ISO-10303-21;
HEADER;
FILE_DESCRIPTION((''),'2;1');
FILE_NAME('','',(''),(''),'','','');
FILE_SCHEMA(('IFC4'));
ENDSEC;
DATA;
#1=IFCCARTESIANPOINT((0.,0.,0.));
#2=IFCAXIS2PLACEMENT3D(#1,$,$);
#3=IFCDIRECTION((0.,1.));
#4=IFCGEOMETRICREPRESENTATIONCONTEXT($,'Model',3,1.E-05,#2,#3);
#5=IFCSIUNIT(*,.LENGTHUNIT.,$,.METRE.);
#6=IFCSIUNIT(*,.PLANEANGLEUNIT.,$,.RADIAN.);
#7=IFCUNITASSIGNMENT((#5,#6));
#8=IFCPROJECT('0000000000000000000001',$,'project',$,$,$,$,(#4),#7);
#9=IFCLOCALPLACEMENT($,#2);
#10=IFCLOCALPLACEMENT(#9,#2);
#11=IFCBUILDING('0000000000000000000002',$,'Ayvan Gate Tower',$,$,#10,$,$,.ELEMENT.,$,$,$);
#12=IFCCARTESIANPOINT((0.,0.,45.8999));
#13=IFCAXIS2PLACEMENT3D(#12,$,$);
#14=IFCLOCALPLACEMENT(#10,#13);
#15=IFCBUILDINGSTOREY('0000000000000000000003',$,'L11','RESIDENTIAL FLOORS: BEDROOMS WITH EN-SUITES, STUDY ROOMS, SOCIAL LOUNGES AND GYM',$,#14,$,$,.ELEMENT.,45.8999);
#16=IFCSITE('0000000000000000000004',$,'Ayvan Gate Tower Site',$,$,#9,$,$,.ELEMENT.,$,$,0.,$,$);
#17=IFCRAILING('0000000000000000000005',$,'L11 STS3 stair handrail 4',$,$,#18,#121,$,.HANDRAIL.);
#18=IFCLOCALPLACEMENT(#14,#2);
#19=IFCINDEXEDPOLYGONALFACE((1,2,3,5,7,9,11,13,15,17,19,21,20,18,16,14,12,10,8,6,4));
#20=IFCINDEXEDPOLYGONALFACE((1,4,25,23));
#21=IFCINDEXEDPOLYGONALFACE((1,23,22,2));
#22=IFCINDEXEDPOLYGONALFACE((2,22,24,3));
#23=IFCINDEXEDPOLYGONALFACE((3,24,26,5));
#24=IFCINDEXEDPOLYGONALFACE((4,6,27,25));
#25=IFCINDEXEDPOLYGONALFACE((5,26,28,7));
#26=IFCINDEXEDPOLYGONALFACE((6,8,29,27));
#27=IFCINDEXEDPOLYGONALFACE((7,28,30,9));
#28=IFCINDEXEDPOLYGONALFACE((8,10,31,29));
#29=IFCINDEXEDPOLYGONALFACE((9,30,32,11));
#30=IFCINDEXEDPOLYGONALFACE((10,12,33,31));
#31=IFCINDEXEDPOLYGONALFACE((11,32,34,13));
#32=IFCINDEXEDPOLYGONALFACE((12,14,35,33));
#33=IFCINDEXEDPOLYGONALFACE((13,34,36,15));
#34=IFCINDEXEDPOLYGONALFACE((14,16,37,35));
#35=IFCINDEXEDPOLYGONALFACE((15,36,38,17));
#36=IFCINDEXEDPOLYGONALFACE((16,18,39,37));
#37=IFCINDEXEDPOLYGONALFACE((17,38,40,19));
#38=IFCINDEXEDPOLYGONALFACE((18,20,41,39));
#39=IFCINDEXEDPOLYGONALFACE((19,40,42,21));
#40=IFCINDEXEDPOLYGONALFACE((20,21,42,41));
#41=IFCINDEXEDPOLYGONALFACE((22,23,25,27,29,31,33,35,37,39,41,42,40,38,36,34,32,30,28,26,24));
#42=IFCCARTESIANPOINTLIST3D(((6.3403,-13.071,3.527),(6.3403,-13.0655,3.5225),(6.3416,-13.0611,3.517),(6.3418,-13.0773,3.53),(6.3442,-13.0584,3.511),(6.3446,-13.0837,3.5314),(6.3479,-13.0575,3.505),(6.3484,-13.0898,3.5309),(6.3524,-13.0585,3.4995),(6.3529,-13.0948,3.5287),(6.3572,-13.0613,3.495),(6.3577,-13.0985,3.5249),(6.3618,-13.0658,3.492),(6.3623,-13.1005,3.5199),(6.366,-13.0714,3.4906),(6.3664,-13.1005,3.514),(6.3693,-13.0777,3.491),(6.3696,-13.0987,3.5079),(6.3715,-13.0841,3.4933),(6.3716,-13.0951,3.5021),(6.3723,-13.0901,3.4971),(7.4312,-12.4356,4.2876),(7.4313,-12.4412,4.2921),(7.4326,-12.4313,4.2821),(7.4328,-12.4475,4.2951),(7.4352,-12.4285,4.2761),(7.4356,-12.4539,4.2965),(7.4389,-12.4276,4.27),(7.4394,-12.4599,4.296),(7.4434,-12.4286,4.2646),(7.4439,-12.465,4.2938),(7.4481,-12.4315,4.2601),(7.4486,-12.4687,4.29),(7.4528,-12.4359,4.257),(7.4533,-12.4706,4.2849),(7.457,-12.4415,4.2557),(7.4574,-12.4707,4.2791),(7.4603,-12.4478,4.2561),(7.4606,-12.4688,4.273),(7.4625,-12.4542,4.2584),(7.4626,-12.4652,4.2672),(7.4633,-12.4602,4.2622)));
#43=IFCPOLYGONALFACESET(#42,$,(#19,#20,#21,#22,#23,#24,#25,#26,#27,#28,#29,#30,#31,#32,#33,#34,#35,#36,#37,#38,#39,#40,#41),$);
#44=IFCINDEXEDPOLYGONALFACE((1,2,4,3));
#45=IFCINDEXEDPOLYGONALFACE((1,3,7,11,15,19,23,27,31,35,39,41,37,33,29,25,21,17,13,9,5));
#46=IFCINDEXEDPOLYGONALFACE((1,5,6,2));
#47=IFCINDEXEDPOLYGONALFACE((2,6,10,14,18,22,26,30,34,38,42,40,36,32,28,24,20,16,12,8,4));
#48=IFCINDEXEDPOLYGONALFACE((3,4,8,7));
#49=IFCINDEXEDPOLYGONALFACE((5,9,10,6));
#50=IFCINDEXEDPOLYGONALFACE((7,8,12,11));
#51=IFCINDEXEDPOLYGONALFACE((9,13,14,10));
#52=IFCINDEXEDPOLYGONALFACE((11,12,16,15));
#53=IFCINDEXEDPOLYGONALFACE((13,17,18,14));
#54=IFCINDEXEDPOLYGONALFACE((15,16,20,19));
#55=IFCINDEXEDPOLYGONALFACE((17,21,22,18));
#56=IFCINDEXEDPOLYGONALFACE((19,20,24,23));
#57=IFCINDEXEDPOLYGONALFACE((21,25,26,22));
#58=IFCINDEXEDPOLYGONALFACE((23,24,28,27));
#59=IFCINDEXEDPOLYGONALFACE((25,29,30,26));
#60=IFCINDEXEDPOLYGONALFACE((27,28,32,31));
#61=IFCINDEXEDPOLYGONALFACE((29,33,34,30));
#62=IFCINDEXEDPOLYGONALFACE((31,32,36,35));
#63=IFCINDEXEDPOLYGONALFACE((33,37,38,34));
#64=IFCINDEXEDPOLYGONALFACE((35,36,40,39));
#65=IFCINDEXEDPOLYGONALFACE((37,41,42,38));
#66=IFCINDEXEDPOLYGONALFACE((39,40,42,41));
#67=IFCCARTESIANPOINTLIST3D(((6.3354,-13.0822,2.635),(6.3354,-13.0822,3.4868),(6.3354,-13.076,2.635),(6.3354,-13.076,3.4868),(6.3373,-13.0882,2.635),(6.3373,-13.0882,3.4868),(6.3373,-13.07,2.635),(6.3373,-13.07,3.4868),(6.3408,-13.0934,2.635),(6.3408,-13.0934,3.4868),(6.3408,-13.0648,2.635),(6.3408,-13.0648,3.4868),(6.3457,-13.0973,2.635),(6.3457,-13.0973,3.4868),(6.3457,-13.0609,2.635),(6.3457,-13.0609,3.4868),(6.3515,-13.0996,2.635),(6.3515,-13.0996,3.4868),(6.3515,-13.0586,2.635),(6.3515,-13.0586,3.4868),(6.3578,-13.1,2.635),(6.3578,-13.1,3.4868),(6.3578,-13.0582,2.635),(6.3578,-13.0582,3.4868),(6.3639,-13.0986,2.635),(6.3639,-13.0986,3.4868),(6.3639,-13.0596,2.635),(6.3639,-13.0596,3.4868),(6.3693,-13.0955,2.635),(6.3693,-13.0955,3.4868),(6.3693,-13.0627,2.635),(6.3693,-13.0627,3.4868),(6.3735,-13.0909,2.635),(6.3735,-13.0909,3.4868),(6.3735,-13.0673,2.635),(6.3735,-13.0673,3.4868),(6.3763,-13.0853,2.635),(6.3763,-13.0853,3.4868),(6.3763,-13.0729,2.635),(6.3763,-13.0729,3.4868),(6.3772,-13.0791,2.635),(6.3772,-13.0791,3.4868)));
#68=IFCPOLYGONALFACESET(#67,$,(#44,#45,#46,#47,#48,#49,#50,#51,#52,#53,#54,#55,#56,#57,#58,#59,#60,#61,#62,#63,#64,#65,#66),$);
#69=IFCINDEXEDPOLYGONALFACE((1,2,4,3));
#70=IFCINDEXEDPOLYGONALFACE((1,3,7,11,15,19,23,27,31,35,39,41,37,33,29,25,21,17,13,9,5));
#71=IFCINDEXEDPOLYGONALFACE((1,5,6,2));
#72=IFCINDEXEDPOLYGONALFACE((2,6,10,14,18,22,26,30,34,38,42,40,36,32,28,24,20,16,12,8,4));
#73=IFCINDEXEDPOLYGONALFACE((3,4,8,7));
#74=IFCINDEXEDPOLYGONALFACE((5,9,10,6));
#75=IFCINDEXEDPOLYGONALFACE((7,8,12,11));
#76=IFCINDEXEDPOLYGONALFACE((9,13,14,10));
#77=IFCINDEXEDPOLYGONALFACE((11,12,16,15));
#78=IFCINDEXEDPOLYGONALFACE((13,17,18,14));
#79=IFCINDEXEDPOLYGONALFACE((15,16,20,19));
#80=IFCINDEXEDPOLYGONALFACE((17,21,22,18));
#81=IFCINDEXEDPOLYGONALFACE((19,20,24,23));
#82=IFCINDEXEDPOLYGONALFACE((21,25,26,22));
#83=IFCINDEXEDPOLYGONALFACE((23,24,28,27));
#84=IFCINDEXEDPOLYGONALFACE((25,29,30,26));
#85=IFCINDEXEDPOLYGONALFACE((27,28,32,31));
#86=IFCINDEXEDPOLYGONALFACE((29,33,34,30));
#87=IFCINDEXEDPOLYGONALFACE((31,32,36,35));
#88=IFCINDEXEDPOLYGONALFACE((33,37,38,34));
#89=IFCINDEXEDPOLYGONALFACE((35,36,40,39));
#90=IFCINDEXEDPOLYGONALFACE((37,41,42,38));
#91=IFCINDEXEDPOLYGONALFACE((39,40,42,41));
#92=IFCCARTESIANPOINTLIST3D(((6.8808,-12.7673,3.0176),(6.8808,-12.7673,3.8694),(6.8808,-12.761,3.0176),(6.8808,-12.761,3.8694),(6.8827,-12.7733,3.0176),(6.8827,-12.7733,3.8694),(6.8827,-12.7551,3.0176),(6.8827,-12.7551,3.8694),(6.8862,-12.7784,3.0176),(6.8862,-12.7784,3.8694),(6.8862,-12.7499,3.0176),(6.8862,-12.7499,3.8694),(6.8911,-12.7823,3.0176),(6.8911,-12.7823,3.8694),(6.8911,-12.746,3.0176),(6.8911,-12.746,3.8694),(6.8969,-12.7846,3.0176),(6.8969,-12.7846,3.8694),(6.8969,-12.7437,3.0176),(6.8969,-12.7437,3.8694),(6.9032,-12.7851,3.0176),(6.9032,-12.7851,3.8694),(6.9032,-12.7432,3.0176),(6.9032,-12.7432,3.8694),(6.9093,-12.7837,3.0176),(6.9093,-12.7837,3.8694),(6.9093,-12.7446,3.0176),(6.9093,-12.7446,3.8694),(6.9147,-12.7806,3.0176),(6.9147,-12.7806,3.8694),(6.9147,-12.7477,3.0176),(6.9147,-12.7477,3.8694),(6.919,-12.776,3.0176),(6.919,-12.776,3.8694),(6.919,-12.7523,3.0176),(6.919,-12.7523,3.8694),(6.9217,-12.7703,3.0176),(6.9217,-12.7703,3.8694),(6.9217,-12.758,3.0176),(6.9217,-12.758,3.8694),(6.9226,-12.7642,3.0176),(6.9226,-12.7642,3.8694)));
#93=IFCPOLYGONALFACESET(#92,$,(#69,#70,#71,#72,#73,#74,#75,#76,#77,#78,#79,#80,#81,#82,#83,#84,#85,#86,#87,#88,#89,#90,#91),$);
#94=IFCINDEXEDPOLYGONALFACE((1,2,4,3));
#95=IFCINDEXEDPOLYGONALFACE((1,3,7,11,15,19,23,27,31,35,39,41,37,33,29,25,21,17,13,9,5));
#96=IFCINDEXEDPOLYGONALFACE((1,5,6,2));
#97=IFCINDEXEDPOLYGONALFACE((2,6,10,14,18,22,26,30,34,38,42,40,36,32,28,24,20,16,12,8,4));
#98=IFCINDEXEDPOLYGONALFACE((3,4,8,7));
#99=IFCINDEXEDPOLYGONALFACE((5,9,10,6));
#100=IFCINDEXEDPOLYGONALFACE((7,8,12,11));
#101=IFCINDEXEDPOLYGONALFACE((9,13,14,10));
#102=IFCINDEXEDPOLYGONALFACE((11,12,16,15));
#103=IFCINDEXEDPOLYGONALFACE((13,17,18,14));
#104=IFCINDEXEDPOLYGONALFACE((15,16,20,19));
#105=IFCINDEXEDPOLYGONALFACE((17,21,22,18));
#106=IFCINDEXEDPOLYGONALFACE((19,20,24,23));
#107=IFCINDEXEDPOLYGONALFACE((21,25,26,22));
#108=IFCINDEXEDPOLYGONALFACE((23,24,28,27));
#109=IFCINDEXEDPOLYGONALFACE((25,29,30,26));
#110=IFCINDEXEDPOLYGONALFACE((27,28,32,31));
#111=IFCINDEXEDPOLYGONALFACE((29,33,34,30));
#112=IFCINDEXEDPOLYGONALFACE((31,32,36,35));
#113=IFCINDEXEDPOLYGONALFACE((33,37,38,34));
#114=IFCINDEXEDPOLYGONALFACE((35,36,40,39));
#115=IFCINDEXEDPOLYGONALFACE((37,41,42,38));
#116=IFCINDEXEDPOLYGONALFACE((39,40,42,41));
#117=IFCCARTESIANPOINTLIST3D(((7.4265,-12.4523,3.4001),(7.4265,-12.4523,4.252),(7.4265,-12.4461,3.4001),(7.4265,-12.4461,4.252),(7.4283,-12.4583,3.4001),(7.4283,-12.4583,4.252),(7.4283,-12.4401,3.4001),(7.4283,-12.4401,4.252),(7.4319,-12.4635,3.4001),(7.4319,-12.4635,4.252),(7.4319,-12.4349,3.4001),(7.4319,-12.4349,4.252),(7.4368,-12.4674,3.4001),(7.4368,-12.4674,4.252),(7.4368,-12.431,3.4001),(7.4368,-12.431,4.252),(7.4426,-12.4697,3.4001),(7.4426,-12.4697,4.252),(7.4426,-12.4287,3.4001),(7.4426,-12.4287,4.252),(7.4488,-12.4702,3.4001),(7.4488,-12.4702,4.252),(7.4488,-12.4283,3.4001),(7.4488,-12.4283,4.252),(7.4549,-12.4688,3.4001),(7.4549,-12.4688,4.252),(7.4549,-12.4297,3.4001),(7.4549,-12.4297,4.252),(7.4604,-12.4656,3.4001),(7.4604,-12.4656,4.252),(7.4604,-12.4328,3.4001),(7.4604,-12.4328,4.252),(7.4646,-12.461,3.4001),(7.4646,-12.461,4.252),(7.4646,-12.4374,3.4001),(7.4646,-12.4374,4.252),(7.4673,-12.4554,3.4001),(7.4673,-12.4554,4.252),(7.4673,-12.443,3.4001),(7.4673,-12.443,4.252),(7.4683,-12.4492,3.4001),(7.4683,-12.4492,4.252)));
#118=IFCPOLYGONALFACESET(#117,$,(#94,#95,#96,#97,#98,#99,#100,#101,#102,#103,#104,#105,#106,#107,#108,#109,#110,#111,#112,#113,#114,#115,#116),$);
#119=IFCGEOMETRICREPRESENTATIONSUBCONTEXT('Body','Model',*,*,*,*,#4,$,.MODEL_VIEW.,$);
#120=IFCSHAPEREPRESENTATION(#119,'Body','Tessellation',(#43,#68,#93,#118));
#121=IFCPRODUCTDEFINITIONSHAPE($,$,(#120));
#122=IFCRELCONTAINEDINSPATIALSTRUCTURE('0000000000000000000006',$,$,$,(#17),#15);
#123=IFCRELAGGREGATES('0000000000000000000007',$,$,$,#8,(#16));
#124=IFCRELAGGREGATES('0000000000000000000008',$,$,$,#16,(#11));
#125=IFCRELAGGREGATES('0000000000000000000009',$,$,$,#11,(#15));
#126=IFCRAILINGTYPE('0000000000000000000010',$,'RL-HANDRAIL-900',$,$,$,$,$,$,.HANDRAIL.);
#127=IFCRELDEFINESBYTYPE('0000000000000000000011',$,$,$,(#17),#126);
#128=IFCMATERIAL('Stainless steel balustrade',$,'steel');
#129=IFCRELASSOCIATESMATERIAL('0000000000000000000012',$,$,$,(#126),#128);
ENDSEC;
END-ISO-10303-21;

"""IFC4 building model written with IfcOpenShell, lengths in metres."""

from ifc_helpers import new_model, si_unit, direction, frame, origin, origin_2d, place, context, subcontext, project, spatial, circle, extrude, material, type_object, element, save


model = new_model("IFC4")

# Units and contexts
model_context = context("Model", 3, precision=1e-05, world=origin(), true_north=direction((0.0, 1.0)))
body_context = subcontext(model_context, "Body", "Model", "MODEL_VIEW")
ifc_project = project(units=[si_unit("LENGTHUNIT", "METRE"), si_unit("PLANEANGLEUNIT", "RADIAN")], contexts=[model_context])

# Site, building, storey
site_placement = place(None, origin())
site = spatial("IfcSite", under=ifc_project, at=site_placement, Name="Ayvan Gate Tower Site", CompositionType="ELEMENT", RefElevation=0.0)
building_placement = place(site_placement, origin())
building = spatial("IfcBuilding", under=site, at=building_placement, Name="Ayvan Gate Tower", CompositionType="ELEMENT")
storey_placement = place(building_placement, frame((0.0, 0.0, 45.8999)))
storey = spatial("IfcBuildingStorey", under=building, at=storey_placement, Name="L11", Description="RESIDENTIAL FLOORS: BEDROOMS WITH EN-SUITES, STUDY ROOMS, SOCIAL LOUNGES AND GYM", CompositionType="ELEMENT", Elevation=45.8999)

# Railing
ifc_material_1 = material(Name="Stainless steel balustrade", Category="steel")
railing_type = type_object("IfcRailingType", Name="RL-HANDRAIL-900", PredefinedType="HANDRAIL", material=ifc_material_1)
railing_1_placement = place(storey_placement, frame((6.3562, -13.0791, 2.635)))
element("IfcRailing", 1, at=railing_1_placement, inside=storey, type_object=railing_type, Name="L11 STS3 stair handrail 4", PredefinedType="HANDRAIL", context=body_context, shape_type="SweptSolid", body=[
    extrude(circle(Radius=0.0239, at=origin_2d()), frame((0.0, 0.0, 0.876), z_axis=(0.740218, 0.427336, 0.519097), x_axis=(-0.499974, 0.86604, 0.0)), (0.0, 0.0, 1.0), 1.4739),
    extrude(circle(Radius=0.021, at=origin_2d()), origin(), (0.0, 0.0, 1.0), 0.8518),
    extrude(circle(Radius=0.021, at=origin_2d()), frame((0.5454, 0.3149, 0.3826)), (0.0, 0.0, 1.0), 0.8518),
    extrude(circle(Radius=0.021, at=origin_2d()), frame((1.0911, 0.6299, 0.7651)), (0.0, 0.0, 1.0), 0.8518),
])

save(model, "model.ifc")
